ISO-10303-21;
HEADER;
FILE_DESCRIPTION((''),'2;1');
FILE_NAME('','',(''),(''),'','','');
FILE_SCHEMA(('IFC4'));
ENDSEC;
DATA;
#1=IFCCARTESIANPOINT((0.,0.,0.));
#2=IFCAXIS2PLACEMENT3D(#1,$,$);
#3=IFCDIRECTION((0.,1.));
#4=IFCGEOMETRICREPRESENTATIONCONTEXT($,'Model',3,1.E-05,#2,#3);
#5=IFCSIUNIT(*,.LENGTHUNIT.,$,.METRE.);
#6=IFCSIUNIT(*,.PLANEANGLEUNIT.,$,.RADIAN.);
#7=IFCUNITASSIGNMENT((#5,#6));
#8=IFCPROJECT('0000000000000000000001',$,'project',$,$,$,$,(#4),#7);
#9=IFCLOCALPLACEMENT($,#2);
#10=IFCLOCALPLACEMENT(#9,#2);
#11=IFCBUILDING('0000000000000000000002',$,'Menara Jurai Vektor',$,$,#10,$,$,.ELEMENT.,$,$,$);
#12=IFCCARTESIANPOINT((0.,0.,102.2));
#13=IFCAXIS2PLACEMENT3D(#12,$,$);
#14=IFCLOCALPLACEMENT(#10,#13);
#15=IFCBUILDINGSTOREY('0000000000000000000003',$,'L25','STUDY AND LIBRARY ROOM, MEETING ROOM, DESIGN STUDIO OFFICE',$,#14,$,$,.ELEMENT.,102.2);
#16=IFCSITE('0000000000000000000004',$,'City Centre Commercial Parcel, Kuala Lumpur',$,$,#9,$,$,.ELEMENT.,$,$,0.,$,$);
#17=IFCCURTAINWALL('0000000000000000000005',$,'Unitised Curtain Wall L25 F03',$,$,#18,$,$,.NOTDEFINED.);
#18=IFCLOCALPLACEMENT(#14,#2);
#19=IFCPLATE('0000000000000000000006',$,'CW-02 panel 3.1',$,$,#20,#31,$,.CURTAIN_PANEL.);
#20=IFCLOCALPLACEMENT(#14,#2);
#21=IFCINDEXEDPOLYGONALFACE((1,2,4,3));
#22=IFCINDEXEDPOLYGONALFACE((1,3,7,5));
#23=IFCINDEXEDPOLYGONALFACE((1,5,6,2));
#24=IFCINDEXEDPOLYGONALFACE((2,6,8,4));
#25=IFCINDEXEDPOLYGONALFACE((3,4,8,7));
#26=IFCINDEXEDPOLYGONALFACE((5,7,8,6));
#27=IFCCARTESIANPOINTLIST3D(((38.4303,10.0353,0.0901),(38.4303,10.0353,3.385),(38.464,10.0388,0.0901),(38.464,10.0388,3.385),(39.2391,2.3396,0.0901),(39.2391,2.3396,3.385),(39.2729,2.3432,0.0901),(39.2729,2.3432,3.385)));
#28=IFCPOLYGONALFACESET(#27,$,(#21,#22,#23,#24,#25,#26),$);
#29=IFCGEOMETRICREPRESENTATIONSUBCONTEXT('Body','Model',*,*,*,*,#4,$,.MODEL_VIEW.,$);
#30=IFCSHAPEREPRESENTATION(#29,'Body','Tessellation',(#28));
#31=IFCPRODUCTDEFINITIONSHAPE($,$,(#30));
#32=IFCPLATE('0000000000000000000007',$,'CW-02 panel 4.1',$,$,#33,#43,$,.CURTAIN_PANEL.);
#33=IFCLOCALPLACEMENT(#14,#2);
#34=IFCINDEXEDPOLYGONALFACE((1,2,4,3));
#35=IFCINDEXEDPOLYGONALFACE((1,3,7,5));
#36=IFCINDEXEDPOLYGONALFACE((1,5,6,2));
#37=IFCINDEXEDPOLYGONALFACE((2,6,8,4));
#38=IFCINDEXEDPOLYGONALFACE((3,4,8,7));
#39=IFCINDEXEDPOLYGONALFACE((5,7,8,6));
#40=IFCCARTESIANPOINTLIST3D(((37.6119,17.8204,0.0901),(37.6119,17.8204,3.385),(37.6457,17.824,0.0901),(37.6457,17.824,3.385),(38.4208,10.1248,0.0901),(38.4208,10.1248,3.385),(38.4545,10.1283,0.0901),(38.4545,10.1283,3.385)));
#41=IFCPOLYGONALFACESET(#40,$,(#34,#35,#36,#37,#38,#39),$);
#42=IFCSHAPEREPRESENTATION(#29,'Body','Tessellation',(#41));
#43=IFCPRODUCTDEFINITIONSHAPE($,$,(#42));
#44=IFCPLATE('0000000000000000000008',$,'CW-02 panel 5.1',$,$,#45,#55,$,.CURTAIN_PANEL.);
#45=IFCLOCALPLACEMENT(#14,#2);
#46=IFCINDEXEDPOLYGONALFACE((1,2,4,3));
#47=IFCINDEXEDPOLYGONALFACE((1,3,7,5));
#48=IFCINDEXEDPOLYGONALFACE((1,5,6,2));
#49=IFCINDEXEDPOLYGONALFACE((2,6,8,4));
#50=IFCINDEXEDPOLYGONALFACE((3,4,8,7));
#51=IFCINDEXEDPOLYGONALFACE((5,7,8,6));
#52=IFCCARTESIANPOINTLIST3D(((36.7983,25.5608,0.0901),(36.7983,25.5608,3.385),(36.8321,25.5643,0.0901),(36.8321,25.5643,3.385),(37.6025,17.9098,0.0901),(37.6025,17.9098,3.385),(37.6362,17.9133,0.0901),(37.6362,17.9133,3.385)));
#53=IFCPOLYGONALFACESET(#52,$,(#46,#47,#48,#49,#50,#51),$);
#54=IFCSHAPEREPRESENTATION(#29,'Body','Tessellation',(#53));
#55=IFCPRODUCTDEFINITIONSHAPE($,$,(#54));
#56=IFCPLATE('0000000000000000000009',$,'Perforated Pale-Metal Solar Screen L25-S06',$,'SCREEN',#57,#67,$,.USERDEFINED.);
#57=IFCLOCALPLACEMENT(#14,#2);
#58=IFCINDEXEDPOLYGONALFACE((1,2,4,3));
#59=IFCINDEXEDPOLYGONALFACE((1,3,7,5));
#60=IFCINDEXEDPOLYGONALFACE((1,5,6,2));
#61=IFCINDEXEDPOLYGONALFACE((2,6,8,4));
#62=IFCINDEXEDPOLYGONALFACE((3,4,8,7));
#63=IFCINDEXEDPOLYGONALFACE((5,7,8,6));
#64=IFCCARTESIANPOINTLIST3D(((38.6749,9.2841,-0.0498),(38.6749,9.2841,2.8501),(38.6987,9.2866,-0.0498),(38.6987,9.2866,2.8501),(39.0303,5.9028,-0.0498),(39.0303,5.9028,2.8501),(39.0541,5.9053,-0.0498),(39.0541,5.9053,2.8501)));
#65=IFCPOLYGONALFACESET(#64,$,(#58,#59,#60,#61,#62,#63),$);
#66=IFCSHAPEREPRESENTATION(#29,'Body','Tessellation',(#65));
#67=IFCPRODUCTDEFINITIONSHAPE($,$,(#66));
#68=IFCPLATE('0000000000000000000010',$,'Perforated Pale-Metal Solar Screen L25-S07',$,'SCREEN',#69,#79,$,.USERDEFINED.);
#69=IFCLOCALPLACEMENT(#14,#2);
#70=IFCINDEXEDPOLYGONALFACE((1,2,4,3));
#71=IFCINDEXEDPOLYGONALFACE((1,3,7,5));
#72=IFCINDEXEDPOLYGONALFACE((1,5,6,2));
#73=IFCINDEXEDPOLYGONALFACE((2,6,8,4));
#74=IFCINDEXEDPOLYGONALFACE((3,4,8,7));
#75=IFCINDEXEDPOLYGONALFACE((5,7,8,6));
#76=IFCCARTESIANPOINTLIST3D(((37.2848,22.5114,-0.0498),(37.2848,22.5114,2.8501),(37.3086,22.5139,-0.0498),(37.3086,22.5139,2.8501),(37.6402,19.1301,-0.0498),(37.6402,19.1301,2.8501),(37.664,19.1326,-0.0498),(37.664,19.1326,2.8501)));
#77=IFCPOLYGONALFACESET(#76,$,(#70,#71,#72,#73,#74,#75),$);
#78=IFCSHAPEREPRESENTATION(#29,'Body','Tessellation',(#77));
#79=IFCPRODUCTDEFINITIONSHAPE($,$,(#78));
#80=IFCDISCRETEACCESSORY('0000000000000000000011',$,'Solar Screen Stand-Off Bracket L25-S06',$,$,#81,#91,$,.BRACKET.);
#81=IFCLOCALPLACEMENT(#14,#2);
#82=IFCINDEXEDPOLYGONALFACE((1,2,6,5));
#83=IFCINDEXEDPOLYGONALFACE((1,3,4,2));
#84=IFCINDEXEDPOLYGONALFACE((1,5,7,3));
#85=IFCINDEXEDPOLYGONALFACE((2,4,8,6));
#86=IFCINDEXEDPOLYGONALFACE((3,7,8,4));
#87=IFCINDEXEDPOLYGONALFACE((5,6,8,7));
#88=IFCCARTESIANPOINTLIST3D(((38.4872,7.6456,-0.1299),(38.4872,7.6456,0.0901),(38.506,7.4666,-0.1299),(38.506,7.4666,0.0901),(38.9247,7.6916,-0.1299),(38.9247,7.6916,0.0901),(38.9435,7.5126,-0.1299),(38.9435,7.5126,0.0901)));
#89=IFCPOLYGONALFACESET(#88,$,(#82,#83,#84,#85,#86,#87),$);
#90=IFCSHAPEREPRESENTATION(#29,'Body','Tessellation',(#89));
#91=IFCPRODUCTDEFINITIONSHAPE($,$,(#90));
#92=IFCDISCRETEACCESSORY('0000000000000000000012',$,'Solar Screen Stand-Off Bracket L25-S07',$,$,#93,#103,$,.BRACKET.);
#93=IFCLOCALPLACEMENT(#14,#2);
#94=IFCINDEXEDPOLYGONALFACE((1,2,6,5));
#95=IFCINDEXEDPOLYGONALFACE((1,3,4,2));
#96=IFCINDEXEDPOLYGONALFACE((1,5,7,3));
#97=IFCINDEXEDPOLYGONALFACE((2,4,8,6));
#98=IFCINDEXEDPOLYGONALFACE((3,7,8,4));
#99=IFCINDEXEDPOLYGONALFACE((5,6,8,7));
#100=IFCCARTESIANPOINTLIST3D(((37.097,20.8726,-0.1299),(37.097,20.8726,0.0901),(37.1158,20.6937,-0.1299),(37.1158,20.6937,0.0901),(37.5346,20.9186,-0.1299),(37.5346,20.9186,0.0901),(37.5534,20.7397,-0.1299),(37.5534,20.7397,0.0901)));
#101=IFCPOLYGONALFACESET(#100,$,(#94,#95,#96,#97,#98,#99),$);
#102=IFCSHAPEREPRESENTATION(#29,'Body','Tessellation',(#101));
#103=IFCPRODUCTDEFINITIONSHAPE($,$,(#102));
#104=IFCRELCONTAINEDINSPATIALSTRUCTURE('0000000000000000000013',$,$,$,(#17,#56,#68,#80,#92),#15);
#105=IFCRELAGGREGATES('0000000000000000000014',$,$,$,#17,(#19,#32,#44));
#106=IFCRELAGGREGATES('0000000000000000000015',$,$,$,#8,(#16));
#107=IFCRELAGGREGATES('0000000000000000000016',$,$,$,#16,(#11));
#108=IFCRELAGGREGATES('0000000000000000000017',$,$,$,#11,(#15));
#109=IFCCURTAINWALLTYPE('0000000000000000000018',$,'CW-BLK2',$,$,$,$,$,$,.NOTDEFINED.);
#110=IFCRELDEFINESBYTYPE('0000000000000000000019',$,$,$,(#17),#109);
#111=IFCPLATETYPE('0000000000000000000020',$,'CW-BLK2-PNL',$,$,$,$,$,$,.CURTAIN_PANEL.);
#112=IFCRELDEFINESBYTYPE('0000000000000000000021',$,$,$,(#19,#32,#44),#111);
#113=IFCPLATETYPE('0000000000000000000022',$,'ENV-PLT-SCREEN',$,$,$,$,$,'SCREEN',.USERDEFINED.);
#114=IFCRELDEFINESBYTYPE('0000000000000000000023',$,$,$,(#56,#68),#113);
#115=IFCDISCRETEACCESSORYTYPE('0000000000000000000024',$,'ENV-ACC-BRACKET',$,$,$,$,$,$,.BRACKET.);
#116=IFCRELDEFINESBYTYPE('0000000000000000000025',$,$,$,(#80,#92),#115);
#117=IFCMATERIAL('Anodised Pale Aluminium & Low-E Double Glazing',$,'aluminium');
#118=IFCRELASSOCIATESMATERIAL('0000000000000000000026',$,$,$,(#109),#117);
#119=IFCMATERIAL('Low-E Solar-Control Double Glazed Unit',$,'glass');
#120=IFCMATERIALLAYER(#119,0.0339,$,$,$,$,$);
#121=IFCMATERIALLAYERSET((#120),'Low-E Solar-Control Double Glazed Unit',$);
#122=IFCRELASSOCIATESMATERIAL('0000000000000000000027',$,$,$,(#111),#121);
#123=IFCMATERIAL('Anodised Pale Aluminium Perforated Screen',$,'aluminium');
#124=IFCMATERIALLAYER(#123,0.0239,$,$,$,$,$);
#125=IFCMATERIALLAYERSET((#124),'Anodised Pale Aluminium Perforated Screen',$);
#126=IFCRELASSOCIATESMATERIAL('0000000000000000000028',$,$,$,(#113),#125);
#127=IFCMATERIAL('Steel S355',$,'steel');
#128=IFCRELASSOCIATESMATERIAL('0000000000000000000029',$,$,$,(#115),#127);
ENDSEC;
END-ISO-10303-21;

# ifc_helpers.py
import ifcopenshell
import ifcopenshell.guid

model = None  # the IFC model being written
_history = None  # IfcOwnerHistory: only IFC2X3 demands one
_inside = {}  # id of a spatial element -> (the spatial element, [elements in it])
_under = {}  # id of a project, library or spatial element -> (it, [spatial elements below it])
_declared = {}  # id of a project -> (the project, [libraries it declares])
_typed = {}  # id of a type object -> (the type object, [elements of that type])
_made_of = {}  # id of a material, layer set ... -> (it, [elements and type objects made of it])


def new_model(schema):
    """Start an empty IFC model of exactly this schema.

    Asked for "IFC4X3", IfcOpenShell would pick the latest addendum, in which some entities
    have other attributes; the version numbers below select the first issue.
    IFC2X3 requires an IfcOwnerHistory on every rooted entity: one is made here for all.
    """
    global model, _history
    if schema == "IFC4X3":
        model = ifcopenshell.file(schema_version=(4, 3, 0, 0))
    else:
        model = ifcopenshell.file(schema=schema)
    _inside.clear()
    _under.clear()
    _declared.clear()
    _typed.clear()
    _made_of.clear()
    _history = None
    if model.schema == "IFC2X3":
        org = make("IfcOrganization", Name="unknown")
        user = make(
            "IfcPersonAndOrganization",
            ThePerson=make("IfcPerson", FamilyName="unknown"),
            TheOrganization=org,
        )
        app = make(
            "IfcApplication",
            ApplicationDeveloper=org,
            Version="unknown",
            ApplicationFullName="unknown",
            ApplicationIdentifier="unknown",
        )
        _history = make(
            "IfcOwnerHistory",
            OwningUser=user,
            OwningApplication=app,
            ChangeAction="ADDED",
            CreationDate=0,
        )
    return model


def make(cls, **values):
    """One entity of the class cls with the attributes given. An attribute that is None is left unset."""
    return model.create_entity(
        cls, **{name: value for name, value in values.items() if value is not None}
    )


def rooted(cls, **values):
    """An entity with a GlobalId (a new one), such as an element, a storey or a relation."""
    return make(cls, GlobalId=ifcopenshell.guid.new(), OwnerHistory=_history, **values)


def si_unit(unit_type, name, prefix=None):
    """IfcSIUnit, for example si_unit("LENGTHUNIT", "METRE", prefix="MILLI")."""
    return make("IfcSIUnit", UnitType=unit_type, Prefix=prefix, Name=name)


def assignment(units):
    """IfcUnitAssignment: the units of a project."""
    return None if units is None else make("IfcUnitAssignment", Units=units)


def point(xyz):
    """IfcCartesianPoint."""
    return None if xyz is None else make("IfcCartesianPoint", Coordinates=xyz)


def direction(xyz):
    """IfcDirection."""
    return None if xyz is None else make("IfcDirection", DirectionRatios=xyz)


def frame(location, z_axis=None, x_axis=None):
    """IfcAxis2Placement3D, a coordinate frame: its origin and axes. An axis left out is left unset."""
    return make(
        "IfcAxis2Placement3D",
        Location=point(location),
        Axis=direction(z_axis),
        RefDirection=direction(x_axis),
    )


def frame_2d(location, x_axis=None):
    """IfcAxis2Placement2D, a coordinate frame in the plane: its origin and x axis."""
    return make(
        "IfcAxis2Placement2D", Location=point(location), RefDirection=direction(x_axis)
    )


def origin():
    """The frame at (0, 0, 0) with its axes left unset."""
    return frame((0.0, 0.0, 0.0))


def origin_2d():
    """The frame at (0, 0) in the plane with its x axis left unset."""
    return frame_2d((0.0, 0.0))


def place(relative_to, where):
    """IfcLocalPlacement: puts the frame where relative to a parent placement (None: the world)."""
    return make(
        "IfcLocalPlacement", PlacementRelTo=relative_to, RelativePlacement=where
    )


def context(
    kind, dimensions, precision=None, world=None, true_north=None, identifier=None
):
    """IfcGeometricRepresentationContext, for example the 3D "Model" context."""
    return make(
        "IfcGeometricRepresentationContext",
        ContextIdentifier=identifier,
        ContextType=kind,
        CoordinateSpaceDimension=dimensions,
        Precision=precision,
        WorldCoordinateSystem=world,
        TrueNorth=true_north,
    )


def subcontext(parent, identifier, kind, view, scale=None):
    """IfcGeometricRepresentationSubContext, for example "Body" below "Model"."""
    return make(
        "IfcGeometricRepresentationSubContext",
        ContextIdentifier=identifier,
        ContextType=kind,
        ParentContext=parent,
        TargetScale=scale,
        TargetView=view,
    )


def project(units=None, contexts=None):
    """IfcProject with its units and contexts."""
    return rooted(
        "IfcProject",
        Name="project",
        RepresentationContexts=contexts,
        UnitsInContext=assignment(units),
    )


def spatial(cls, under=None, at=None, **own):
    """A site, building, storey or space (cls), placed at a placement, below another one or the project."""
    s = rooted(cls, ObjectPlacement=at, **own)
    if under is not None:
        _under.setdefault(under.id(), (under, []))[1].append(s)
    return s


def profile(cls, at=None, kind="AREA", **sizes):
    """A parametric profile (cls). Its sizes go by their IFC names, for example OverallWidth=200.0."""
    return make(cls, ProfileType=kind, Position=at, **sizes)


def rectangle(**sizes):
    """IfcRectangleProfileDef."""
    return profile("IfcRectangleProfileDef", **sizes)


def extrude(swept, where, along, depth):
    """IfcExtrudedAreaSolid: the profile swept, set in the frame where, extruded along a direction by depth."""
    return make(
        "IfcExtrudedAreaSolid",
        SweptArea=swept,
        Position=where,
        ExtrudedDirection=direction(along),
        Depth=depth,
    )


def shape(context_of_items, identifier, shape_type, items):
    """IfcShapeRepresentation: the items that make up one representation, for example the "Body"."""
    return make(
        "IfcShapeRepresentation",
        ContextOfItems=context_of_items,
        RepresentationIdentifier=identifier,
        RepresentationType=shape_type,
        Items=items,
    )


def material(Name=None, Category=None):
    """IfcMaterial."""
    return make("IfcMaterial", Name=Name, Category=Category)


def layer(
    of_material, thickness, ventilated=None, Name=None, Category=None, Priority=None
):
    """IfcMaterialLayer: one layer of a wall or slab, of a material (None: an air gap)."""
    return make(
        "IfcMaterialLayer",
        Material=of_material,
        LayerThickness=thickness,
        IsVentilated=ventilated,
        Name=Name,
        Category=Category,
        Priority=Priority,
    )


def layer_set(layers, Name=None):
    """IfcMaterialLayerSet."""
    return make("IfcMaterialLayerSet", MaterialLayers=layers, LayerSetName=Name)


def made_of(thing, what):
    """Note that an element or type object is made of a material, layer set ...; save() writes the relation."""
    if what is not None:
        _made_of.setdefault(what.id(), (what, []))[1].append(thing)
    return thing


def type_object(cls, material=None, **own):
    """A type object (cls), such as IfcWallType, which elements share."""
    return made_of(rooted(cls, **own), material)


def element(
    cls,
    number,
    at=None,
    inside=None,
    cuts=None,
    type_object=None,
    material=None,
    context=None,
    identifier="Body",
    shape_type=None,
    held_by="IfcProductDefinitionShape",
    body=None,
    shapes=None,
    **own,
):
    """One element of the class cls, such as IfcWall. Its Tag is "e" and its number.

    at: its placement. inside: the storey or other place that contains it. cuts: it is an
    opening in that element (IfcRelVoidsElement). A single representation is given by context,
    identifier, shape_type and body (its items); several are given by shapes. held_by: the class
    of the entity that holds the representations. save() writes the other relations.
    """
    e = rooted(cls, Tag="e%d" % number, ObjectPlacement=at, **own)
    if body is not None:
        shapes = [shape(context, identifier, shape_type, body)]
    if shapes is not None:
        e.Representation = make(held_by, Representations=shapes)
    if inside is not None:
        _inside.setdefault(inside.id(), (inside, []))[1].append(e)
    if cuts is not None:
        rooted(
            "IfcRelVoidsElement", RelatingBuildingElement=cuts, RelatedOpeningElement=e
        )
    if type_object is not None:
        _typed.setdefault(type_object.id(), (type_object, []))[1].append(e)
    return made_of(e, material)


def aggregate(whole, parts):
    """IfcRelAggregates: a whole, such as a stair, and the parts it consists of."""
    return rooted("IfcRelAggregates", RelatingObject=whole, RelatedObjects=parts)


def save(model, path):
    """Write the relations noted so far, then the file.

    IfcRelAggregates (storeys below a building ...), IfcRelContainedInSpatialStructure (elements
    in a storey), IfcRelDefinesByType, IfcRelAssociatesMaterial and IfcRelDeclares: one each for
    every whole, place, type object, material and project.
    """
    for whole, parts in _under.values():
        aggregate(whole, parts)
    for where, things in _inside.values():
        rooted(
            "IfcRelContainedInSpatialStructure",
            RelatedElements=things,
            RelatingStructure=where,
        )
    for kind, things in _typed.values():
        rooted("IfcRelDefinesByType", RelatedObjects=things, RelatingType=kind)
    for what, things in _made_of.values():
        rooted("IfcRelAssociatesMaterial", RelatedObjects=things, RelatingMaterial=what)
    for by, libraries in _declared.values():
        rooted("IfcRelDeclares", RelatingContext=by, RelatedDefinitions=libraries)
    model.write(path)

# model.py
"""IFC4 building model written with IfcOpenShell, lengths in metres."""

from ifc_helpers import new_model, si_unit, direction, frame, origin, origin_2d, place, context, subcontext, project, spatial, rectangle, extrude, material, layer, layer_set, type_object, element, aggregate, save


model = new_model("IFC4")

# Units and contexts
model_context = context("Model", 3, precision=1e-05, world=origin(), true_north=direction((0.0, 1.0)))
body_context = subcontext(model_context, "Body", "Model", "MODEL_VIEW")
ifc_project = project(units=[si_unit("LENGTHUNIT", "METRE"), si_unit("PLANEANGLEUNIT", "RADIAN")], contexts=[model_context])

# Site, building, storey
site_placement = place(None, origin())
site = spatial("IfcSite", under=ifc_project, at=site_placement, Name="City Centre Commercial Parcel, Kuala Lumpur", CompositionType="ELEMENT", RefElevation=0.0)
building_placement = place(site_placement, origin())
building = spatial("IfcBuilding", under=site, at=building_placement, Name="Menara Jurai Vektor", CompositionType="ELEMENT")
storey_placement = place(building_placement, frame((0.0, 0.0, 102.2)))
storey = spatial("IfcBuildingStorey", under=building, at=storey_placement, Name="L25", Description="STUDY AND LIBRARY ROOM, MEETING ROOM, DESIGN STUDIO OFFICE", CompositionType="ELEMENT", Elevation=102.2)

# Curtain wall
ifc_material_1 = material(Name="Anodised Pale Aluminium & Low-E Double Glazing", Category="aluminium")
curtain_wall_type = type_object("IfcCurtainWallType", Name="CW-BLK2", PredefinedType="NOTDEFINED", material=ifc_material_1)
curtain_wall_placement = place(storey_placement, origin())
curtain_wall = element("IfcCurtainWall", 1, at=curtain_wall_placement, inside=storey, type_object=curtain_wall_type, Name="Unitised Curtain Wall L25 F03", PredefinedType="NOTDEFINED")

# Shared definitions
ifc_material_2 = material(Name="Steel S355", Category="steel")

# Plates
ifc_material_3 = material(Name="Low-E Solar-Control Double Glazed Unit", Category="glass")
ifc_layer_1 = layer(ifc_material_3, 0.0339)
ifc_layer_set_1 = layer_set([ifc_layer_1], Name="Low-E Solar-Control Double Glazed Unit")
plate_type_1 = type_object("IfcPlateType", Name="CW-BLK2-PNL", PredefinedType="CURTAIN_PANEL", material=ifc_layer_set_1)
plate_1_placement = place(storey_placement, frame((38.8516, 6.1892, 0.0901), z_axis=(0.0, 0.0, 1.0), x_axis=(-0.10453, 0.994522, 0.0)))
plate_1 = element("IfcPlate", 2, at=plate_1_placement, type_object=plate_type_1, Name="CW-02 panel 3.1", PredefinedType="CURTAIN_PANEL", context=body_context, shape_type="SweptSolid", body=[
    extrude(rectangle(XDim=7.738, YDim=0.0339, at=origin_2d()), origin(), (0.0, 0.0, 1.0), 3.2949),
])
plate_2_placement = place(storey_placement, frame((38.0332, 13.9744, 0.0901), z_axis=(0.0, 0.0, 1.0), x_axis=(-0.10453, 0.994522, 0.0)))
plate_2 = element("IfcPlate", 3, at=plate_2_placement, type_object=plate_type_1, Name="CW-02 panel 4.1", PredefinedType="CURTAIN_PANEL", context=body_context, shape_type="SweptSolid", body=[
    extrude(rectangle(XDim=7.738, YDim=0.0339, at=origin_2d()), origin(), (0.0, 0.0, 1.0), 3.2949),
])
plate_3_placement = place(storey_placement, frame((37.2173, 21.7371, 0.0901), z_axis=(0.0, 0.0, 1.0), x_axis=(-0.10453, 0.994522, 0.0)))
plate_3 = element("IfcPlate", 4, at=plate_3_placement, type_object=plate_type_1, Name="CW-02 panel 5.1", PredefinedType="CURTAIN_PANEL", context=body_context, shape_type="SweptSolid", body=[
    extrude(rectangle(XDim=7.6931, YDim=0.0339, at=origin_2d()), origin(), (0.0, 0.0, 1.0), 3.2949),
])
aggregate(curtain_wall, [plate_1, plate_2, plate_3])

# Plates
ifc_material_4 = material(Name="Anodised Pale Aluminium Perforated Screen", Category="aluminium")
ifc_layer_2 = layer(ifc_material_4, 0.0239)
ifc_layer_set_2 = layer_set([ifc_layer_2], Name="Anodised Pale Aluminium Perforated Screen")
plate_type_2 = type_object("IfcPlateType", Name="ENV-PLT-SCREEN", ElementType="SCREEN", PredefinedType="USERDEFINED", material=ifc_layer_set_2)
for number, where, z_axis, x_axis, name in (
    (5, (38.8645, 7.5947, -0.0498), (0.0, 0.0, 1.0), (-0.104528, 0.994522, 0.0), "Perforated Pale-Metal Solar Screen L25-S06"),
    (6, (37.4744, 20.822, -0.0498), (0.0, 0.0, 1.0), (-0.104528, 0.994522, 0.0), "Perforated Pale-Metal Solar Screen L25-S07"),
):
    element("IfcPlate", number, at=place(storey_placement, frame(where, z_axis=z_axis, x_axis=x_axis)), inside=storey, type_object=plate_type_2, Name=name, ObjectType="SCREEN", PredefinedType="USERDEFINED", context=body_context, shape_type="SweptSolid", body=[
        extrude(rectangle(XDim=3.3999, YDim=0.0239, at=origin_2d()), origin(), (0.0, 0.0, 1.0), 2.8999),
    ])

# Discrete accessories
discrete_accessory_type = type_object("IfcDiscreteAccessoryType", Name="ENV-ACC-BRACKET", PredefinedType="BRACKET", material=ifc_material_2)
for number, where, z_axis, x_axis, name in (
    (7, (38.7153, 7.5791, -0.1299), (0.0, 0.0, 1.0), (-0.104528, 0.994522, 0.0), "Solar Screen Stand-Off Bracket L25-S06"),
    (8, (37.3252, 20.8062, -0.1299), (0.0, 0.0, 1.0), (-0.104528, 0.994522, 0.0), "Solar Screen Stand-Off Bracket L25-S07"),
):
    element("IfcDiscreteAccessory", number, at=place(storey_placement, frame(where, z_axis=z_axis, x_axis=x_axis)), inside=storey, type_object=discrete_accessory_type, Name=name, PredefinedType="BRACKET", context=body_context, shape_type="SweptSolid", body=[
        extrude(rectangle(XDim=0.1799, YDim=0.4399, at=origin_2d()), origin(), (0.0, 0.0, 1.0), 0.22),
    ])

save(model, "model.ifc")
